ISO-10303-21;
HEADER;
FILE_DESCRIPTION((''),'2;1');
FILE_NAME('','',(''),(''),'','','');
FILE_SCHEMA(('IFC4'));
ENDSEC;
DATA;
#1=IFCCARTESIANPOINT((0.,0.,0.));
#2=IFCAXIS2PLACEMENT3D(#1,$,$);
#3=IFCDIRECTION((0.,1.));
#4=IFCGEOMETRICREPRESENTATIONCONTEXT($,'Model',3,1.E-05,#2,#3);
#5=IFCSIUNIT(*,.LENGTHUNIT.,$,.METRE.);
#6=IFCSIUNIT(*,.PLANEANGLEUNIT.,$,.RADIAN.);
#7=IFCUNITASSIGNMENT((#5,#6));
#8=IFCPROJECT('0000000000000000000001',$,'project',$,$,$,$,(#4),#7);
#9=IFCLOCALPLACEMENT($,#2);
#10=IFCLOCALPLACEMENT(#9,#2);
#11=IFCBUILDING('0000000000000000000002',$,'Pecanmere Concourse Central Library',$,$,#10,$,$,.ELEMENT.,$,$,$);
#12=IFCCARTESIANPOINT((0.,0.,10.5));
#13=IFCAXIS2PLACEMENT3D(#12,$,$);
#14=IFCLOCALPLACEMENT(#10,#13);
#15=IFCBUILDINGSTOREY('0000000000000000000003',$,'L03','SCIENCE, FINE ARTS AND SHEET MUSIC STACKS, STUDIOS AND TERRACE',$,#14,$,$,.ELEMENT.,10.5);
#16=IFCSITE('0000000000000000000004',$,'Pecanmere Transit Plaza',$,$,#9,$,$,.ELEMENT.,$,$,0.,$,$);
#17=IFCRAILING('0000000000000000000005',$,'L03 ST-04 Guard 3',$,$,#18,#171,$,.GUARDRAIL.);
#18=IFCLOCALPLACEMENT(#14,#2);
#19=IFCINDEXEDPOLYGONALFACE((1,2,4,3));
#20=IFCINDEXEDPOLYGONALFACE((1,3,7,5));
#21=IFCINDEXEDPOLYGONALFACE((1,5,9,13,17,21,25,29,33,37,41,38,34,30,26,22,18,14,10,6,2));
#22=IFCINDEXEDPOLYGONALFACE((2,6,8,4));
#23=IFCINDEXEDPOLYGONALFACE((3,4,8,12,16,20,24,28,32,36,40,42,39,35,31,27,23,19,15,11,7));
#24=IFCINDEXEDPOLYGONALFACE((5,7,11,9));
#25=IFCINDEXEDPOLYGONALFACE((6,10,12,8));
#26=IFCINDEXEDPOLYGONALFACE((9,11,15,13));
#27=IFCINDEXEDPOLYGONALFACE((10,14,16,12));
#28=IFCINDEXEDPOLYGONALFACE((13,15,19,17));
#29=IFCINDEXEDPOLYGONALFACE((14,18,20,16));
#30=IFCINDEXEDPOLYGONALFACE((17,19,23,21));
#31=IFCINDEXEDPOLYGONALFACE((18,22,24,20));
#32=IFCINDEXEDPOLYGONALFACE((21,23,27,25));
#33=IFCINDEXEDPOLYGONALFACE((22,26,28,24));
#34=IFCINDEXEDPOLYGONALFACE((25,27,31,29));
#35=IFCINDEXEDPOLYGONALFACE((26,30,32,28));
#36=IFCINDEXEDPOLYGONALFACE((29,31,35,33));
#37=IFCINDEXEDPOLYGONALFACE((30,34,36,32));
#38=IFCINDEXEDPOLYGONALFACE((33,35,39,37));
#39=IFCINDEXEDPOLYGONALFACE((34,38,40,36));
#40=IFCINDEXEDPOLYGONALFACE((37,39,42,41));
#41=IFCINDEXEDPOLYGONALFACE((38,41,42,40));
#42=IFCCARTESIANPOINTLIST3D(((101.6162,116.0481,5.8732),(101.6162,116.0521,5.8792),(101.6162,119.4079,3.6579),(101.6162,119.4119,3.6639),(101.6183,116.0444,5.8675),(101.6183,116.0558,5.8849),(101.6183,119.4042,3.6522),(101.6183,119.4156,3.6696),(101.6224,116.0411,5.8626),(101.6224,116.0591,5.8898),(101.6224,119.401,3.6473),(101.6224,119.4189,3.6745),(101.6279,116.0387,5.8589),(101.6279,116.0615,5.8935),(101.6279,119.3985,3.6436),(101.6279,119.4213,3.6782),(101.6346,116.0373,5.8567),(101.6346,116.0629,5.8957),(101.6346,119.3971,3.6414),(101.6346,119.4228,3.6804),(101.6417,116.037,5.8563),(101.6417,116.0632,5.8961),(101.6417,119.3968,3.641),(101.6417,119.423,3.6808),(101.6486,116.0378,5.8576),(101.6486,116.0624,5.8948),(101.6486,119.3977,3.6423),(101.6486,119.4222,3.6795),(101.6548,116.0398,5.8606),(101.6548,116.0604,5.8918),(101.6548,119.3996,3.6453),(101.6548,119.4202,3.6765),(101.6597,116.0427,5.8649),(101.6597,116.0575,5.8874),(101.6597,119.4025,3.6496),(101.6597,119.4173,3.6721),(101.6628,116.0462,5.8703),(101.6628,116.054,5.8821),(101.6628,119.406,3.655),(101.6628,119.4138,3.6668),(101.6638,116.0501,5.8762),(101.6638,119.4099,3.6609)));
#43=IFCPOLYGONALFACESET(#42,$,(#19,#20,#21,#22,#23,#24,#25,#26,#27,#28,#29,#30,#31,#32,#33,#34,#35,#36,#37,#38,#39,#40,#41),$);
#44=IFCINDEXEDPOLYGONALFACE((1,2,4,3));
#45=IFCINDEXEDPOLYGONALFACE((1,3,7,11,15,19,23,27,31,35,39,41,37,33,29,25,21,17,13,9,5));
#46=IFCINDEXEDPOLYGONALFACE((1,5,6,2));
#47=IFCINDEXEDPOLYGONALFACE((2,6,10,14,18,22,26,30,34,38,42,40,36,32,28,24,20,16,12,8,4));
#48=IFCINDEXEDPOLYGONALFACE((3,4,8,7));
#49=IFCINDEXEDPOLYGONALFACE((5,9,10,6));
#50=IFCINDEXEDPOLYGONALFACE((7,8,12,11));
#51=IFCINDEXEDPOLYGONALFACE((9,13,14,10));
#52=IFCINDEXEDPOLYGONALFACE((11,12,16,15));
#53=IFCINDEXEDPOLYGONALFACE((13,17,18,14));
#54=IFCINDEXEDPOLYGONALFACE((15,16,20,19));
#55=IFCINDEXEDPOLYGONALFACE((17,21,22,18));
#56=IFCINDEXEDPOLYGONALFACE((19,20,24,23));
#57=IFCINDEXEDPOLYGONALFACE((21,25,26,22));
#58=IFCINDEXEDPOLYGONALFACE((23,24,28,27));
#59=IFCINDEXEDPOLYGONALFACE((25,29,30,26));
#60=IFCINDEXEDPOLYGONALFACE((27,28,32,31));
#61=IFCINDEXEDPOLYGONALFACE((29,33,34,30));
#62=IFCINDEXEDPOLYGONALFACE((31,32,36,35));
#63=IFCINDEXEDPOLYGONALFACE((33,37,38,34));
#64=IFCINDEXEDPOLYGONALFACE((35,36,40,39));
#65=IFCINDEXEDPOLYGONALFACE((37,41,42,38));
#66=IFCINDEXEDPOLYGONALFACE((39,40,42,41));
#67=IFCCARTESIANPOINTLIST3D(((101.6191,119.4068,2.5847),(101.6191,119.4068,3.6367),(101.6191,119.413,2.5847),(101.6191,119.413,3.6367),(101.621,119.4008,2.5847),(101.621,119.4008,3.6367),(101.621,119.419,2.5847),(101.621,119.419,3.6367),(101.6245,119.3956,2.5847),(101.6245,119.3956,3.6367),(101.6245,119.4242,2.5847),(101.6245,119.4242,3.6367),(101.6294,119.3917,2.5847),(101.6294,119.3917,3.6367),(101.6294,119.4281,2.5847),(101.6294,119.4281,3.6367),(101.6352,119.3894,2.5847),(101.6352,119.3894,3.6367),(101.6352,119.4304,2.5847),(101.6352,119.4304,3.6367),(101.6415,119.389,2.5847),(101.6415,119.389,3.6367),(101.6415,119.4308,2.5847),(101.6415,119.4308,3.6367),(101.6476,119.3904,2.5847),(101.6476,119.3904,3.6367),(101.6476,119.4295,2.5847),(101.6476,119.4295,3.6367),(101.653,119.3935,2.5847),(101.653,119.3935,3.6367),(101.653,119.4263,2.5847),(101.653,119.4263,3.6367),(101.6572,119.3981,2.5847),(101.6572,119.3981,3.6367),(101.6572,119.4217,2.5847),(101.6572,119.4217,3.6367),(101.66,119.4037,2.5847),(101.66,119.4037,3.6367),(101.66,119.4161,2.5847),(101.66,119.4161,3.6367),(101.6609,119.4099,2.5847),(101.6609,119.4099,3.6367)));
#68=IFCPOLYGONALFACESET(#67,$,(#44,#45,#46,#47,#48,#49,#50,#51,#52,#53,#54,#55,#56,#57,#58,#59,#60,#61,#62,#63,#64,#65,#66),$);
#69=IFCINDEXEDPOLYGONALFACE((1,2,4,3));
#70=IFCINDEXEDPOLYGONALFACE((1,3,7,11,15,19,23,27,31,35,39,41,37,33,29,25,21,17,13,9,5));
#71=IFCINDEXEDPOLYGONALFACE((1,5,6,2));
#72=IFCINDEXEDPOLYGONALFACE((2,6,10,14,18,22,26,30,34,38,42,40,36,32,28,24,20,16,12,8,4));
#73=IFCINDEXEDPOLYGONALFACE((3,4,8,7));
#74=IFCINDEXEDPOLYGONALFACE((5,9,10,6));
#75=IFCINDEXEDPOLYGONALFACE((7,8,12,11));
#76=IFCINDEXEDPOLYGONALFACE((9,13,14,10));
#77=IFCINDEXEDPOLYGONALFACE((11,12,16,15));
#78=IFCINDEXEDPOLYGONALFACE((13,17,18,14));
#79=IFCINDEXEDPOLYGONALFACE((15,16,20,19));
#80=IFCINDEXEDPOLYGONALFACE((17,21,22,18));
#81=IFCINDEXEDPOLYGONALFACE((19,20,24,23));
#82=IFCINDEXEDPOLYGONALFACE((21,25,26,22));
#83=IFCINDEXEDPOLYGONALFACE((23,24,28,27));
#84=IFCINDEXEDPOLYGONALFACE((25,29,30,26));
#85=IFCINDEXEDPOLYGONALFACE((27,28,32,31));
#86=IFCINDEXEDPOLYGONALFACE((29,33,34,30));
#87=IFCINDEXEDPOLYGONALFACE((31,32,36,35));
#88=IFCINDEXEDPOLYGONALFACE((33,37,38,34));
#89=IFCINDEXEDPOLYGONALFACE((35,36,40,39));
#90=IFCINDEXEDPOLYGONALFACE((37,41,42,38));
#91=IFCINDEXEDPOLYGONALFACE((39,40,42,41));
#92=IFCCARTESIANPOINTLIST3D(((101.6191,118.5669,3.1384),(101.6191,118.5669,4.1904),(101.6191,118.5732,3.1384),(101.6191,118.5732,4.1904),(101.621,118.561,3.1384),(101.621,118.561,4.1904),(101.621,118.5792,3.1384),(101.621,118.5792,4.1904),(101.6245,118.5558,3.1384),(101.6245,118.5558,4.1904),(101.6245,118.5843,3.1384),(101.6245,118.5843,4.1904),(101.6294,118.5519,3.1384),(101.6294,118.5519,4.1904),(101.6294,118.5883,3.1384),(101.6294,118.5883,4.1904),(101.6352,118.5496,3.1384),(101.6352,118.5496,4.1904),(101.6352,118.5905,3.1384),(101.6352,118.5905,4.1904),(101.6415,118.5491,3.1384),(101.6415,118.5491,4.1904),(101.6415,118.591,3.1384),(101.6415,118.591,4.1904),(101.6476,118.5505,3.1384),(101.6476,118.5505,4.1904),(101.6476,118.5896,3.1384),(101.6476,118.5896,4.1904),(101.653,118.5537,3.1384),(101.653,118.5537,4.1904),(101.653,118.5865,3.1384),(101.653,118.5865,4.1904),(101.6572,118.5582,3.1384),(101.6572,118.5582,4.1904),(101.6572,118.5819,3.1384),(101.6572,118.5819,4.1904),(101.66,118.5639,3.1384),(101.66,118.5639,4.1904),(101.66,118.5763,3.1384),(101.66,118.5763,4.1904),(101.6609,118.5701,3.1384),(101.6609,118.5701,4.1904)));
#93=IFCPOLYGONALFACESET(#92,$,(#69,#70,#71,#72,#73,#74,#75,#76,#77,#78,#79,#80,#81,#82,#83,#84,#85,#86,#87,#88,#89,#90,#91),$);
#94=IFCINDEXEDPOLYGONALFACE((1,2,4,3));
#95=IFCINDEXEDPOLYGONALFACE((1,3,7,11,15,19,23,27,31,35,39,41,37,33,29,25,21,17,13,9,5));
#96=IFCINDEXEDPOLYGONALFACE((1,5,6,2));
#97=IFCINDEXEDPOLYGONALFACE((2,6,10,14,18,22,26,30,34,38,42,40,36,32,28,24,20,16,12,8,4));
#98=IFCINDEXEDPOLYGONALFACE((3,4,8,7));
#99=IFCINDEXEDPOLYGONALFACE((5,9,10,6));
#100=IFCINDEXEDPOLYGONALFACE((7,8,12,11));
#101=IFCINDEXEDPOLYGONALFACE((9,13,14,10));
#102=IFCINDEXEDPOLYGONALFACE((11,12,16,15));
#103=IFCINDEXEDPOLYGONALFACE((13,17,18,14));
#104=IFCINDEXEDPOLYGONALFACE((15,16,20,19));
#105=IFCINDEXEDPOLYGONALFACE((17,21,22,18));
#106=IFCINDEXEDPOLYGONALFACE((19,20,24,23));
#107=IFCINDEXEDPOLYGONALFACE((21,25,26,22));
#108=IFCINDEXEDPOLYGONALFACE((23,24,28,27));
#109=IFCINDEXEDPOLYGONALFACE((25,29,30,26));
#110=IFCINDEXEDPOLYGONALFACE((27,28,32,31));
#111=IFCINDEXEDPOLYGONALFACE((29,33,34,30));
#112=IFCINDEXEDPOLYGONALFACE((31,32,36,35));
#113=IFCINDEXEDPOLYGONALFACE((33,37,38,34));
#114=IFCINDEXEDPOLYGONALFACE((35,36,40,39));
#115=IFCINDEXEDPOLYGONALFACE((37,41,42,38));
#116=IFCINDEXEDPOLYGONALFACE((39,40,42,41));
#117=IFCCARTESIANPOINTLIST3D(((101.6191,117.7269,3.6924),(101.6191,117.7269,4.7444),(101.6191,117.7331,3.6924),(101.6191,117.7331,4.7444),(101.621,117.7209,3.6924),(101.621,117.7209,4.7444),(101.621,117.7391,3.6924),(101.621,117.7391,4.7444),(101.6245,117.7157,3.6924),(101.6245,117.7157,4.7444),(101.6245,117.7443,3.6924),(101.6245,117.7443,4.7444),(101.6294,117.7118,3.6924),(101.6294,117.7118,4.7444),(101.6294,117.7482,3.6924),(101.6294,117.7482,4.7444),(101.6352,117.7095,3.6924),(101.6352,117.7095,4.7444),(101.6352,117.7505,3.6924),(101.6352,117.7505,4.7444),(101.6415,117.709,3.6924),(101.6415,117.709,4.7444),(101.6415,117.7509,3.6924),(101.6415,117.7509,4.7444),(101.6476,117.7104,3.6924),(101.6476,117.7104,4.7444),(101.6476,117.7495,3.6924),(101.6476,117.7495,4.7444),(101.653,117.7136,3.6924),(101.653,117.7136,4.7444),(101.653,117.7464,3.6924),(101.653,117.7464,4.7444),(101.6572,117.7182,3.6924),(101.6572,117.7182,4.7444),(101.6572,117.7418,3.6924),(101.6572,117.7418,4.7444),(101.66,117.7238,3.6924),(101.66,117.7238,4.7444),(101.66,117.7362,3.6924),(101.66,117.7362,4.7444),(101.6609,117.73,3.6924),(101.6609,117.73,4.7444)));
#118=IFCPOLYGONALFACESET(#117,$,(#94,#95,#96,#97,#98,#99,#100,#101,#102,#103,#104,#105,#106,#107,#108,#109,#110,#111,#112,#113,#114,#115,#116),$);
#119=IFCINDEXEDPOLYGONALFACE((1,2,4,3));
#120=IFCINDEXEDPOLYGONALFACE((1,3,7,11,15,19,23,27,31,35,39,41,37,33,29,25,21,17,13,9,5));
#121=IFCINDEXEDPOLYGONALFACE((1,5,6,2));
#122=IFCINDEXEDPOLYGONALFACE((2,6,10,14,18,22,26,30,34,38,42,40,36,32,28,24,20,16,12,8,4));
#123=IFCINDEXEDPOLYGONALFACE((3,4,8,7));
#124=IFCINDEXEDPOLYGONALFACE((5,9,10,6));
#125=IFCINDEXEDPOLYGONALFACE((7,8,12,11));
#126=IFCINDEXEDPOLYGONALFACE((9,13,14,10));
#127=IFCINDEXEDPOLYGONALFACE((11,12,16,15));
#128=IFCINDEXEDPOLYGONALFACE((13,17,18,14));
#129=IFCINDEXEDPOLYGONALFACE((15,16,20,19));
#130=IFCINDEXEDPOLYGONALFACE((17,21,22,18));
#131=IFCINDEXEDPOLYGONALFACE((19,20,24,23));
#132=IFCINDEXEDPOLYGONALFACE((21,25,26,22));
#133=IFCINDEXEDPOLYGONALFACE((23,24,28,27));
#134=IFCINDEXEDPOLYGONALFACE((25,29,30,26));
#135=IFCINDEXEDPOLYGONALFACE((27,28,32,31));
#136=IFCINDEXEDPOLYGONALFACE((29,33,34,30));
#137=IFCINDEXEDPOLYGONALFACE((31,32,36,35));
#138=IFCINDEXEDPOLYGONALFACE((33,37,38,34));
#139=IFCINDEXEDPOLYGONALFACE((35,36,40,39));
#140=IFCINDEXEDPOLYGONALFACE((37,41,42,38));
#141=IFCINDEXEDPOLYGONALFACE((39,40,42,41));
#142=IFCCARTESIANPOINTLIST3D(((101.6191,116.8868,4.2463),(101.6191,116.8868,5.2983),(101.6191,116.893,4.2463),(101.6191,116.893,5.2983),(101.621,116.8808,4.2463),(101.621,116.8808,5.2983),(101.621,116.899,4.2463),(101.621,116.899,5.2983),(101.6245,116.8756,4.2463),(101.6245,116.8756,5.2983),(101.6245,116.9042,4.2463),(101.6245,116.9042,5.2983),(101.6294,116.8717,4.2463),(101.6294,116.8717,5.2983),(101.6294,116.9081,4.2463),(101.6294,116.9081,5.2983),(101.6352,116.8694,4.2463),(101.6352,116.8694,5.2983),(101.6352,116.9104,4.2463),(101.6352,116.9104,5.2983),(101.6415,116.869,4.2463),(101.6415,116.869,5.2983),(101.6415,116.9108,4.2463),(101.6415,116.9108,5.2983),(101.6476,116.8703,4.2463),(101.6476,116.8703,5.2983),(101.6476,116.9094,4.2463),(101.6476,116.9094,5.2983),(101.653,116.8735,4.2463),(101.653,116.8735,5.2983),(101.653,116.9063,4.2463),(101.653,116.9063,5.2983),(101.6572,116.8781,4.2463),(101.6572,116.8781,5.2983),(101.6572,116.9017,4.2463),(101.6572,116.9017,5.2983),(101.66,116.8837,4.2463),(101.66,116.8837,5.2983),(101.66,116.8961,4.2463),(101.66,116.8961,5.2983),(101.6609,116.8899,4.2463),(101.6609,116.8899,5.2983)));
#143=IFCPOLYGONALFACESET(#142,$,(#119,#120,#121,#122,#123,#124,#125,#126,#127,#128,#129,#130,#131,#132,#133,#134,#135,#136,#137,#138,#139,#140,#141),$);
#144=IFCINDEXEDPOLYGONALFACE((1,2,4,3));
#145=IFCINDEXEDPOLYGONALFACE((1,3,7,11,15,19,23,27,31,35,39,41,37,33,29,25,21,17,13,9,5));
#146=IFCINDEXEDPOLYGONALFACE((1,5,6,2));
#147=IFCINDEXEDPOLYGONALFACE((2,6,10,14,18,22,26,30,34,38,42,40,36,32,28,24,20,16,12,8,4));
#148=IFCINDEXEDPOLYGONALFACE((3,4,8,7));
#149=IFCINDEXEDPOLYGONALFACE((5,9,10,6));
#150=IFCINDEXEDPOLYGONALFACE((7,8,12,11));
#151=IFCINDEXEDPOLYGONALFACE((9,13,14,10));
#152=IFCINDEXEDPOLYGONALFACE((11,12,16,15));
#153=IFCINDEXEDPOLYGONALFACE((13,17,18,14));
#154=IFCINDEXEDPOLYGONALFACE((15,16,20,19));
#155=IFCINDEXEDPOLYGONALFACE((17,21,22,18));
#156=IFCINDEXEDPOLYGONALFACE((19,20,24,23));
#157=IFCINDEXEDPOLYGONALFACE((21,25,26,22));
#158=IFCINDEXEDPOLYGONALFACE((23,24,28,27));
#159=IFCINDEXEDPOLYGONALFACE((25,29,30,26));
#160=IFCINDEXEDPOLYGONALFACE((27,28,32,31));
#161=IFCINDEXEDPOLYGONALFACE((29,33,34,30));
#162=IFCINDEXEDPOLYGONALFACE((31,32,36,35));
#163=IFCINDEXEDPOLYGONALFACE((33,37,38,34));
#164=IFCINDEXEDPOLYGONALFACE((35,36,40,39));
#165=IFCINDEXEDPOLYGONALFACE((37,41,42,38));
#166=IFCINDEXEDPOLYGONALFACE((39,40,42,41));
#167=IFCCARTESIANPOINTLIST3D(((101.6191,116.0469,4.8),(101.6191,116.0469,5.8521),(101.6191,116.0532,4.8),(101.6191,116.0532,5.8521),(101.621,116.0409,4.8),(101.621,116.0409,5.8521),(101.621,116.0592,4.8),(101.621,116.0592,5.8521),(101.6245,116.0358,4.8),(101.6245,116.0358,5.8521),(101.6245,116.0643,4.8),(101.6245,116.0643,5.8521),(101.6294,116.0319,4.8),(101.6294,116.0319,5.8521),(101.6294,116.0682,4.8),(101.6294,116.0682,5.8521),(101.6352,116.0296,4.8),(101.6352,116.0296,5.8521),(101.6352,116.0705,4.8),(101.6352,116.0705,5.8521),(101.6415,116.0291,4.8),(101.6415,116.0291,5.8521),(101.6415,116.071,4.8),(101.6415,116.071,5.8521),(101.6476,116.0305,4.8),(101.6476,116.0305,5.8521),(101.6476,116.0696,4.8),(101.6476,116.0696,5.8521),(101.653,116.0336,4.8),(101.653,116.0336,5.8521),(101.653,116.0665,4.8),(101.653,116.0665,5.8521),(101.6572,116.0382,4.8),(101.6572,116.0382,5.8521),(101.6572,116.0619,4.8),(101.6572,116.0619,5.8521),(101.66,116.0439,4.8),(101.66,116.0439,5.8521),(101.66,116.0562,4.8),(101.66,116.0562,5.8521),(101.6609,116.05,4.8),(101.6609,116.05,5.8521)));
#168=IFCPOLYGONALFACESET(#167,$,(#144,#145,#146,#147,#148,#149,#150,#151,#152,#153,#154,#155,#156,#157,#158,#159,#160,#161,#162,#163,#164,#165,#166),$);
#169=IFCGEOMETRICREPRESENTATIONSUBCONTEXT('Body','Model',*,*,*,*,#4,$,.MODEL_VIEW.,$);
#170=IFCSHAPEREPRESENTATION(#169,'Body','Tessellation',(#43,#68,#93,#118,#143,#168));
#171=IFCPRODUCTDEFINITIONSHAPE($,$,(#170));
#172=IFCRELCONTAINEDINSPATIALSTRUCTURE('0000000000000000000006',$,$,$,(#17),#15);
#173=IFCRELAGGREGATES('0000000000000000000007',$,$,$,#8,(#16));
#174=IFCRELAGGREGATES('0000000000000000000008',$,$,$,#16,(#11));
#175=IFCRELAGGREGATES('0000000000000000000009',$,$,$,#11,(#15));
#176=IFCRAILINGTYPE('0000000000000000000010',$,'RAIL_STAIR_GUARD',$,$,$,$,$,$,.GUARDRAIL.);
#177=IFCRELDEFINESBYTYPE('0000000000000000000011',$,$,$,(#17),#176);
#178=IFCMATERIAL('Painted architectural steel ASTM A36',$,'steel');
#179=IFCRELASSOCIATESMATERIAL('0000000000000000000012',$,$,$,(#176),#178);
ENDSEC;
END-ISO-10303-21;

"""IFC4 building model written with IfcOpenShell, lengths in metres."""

from ifc_helpers import new_model, si_unit, direction, frame, origin, origin_2d, place, context, subcontext, project, spatial, circle, extrude, material, type_object, element, save


model = new_model("IFC4")

# Units and contexts
model_context = context("Model", 3, precision=1e-05, world=origin(), true_north=direction((0.0, 1.0)))
body_context = subcontext(model_context, "Body", "Model", "MODEL_VIEW")
ifc_project = project(units=[si_unit("LENGTHUNIT", "METRE"), si_unit("PLANEANGLEUNIT", "RADIAN")], contexts=[model_context])

# Site, building, storey
site_placement = place(None, origin())
site = spatial("IfcSite", under=ifc_project, at=site_placement, Name="Pecanmere Transit Plaza", CompositionType="ELEMENT", RefElevation=0.0)
building_placement = place(site_placement, origin())
building = spatial("IfcBuilding", under=site, at=building_placement, Name="Pecanmere Concourse Central Library", CompositionType="ELEMENT")
storey_placement = place(building_placement, frame((0.0, 0.0, 10.5)))
storey = spatial("IfcBuildingStorey", under=building, at=storey_placement, Name="L03", Description="SCIENCE, FINE ARTS AND SHEET MUSIC STACKS, STUDIOS AND TERRACE", CompositionType="ELEMENT", Elevation=10.5)

# Railing
ifc_material_1 = material(Name="Painted architectural steel ASTM A36", Category="steel")
railing_type_1 = type_object("IfcRailingType", Name="RAIL_STAIR_GUARD", PredefinedType="GUARDRAIL", material=ifc_material_1)
railing_1_placement = place(storey_placement, frame((101.6399, 119.4099, 2.5847)))
element("IfcRailing", 1, at=railing_1_placement, inside=storey, type_object=railing_type_1, Name="L03 ST-04 Guard 3", PredefinedType="GUARDRAIL", context=body_context, shape_type="SweptSolid", body=[
    extrude(circle(Radius=0.0239, at=origin_2d()), frame((0.0, 0.0, 1.0762), z_axis=(0.0, -0.834858, 0.550465), x_axis=(1.0, 0.0, 0.0)), (0.0, 0.0, 1.0), 4.0244),
    extrude(circle(Radius=0.021, at=origin_2d()), origin(), (0.0, 0.0, 1.0), 1.052),
    extrude(circle(Radius=0.021, at=origin_2d()), frame((0.0, -0.8398, 0.5537)), (0.0, 0.0, 1.0), 1.052),
    extrude(circle(Radius=0.021, at=origin_2d()), frame((0.0, -1.6799, 1.1077)), (0.0, 0.0, 1.0), 1.052),
    extrude(circle(Radius=0.021, at=origin_2d()), frame((0.0, -2.52, 1.6616)), (0.0, 0.0, 1.0), 1.052),
    extrude(circle(Radius=0.021, at=origin_2d()), frame((0.0, -3.3599, 2.2153)), (0.0, 0.0, 1.0), 1.052),
])

save(model, "model.ifc")
